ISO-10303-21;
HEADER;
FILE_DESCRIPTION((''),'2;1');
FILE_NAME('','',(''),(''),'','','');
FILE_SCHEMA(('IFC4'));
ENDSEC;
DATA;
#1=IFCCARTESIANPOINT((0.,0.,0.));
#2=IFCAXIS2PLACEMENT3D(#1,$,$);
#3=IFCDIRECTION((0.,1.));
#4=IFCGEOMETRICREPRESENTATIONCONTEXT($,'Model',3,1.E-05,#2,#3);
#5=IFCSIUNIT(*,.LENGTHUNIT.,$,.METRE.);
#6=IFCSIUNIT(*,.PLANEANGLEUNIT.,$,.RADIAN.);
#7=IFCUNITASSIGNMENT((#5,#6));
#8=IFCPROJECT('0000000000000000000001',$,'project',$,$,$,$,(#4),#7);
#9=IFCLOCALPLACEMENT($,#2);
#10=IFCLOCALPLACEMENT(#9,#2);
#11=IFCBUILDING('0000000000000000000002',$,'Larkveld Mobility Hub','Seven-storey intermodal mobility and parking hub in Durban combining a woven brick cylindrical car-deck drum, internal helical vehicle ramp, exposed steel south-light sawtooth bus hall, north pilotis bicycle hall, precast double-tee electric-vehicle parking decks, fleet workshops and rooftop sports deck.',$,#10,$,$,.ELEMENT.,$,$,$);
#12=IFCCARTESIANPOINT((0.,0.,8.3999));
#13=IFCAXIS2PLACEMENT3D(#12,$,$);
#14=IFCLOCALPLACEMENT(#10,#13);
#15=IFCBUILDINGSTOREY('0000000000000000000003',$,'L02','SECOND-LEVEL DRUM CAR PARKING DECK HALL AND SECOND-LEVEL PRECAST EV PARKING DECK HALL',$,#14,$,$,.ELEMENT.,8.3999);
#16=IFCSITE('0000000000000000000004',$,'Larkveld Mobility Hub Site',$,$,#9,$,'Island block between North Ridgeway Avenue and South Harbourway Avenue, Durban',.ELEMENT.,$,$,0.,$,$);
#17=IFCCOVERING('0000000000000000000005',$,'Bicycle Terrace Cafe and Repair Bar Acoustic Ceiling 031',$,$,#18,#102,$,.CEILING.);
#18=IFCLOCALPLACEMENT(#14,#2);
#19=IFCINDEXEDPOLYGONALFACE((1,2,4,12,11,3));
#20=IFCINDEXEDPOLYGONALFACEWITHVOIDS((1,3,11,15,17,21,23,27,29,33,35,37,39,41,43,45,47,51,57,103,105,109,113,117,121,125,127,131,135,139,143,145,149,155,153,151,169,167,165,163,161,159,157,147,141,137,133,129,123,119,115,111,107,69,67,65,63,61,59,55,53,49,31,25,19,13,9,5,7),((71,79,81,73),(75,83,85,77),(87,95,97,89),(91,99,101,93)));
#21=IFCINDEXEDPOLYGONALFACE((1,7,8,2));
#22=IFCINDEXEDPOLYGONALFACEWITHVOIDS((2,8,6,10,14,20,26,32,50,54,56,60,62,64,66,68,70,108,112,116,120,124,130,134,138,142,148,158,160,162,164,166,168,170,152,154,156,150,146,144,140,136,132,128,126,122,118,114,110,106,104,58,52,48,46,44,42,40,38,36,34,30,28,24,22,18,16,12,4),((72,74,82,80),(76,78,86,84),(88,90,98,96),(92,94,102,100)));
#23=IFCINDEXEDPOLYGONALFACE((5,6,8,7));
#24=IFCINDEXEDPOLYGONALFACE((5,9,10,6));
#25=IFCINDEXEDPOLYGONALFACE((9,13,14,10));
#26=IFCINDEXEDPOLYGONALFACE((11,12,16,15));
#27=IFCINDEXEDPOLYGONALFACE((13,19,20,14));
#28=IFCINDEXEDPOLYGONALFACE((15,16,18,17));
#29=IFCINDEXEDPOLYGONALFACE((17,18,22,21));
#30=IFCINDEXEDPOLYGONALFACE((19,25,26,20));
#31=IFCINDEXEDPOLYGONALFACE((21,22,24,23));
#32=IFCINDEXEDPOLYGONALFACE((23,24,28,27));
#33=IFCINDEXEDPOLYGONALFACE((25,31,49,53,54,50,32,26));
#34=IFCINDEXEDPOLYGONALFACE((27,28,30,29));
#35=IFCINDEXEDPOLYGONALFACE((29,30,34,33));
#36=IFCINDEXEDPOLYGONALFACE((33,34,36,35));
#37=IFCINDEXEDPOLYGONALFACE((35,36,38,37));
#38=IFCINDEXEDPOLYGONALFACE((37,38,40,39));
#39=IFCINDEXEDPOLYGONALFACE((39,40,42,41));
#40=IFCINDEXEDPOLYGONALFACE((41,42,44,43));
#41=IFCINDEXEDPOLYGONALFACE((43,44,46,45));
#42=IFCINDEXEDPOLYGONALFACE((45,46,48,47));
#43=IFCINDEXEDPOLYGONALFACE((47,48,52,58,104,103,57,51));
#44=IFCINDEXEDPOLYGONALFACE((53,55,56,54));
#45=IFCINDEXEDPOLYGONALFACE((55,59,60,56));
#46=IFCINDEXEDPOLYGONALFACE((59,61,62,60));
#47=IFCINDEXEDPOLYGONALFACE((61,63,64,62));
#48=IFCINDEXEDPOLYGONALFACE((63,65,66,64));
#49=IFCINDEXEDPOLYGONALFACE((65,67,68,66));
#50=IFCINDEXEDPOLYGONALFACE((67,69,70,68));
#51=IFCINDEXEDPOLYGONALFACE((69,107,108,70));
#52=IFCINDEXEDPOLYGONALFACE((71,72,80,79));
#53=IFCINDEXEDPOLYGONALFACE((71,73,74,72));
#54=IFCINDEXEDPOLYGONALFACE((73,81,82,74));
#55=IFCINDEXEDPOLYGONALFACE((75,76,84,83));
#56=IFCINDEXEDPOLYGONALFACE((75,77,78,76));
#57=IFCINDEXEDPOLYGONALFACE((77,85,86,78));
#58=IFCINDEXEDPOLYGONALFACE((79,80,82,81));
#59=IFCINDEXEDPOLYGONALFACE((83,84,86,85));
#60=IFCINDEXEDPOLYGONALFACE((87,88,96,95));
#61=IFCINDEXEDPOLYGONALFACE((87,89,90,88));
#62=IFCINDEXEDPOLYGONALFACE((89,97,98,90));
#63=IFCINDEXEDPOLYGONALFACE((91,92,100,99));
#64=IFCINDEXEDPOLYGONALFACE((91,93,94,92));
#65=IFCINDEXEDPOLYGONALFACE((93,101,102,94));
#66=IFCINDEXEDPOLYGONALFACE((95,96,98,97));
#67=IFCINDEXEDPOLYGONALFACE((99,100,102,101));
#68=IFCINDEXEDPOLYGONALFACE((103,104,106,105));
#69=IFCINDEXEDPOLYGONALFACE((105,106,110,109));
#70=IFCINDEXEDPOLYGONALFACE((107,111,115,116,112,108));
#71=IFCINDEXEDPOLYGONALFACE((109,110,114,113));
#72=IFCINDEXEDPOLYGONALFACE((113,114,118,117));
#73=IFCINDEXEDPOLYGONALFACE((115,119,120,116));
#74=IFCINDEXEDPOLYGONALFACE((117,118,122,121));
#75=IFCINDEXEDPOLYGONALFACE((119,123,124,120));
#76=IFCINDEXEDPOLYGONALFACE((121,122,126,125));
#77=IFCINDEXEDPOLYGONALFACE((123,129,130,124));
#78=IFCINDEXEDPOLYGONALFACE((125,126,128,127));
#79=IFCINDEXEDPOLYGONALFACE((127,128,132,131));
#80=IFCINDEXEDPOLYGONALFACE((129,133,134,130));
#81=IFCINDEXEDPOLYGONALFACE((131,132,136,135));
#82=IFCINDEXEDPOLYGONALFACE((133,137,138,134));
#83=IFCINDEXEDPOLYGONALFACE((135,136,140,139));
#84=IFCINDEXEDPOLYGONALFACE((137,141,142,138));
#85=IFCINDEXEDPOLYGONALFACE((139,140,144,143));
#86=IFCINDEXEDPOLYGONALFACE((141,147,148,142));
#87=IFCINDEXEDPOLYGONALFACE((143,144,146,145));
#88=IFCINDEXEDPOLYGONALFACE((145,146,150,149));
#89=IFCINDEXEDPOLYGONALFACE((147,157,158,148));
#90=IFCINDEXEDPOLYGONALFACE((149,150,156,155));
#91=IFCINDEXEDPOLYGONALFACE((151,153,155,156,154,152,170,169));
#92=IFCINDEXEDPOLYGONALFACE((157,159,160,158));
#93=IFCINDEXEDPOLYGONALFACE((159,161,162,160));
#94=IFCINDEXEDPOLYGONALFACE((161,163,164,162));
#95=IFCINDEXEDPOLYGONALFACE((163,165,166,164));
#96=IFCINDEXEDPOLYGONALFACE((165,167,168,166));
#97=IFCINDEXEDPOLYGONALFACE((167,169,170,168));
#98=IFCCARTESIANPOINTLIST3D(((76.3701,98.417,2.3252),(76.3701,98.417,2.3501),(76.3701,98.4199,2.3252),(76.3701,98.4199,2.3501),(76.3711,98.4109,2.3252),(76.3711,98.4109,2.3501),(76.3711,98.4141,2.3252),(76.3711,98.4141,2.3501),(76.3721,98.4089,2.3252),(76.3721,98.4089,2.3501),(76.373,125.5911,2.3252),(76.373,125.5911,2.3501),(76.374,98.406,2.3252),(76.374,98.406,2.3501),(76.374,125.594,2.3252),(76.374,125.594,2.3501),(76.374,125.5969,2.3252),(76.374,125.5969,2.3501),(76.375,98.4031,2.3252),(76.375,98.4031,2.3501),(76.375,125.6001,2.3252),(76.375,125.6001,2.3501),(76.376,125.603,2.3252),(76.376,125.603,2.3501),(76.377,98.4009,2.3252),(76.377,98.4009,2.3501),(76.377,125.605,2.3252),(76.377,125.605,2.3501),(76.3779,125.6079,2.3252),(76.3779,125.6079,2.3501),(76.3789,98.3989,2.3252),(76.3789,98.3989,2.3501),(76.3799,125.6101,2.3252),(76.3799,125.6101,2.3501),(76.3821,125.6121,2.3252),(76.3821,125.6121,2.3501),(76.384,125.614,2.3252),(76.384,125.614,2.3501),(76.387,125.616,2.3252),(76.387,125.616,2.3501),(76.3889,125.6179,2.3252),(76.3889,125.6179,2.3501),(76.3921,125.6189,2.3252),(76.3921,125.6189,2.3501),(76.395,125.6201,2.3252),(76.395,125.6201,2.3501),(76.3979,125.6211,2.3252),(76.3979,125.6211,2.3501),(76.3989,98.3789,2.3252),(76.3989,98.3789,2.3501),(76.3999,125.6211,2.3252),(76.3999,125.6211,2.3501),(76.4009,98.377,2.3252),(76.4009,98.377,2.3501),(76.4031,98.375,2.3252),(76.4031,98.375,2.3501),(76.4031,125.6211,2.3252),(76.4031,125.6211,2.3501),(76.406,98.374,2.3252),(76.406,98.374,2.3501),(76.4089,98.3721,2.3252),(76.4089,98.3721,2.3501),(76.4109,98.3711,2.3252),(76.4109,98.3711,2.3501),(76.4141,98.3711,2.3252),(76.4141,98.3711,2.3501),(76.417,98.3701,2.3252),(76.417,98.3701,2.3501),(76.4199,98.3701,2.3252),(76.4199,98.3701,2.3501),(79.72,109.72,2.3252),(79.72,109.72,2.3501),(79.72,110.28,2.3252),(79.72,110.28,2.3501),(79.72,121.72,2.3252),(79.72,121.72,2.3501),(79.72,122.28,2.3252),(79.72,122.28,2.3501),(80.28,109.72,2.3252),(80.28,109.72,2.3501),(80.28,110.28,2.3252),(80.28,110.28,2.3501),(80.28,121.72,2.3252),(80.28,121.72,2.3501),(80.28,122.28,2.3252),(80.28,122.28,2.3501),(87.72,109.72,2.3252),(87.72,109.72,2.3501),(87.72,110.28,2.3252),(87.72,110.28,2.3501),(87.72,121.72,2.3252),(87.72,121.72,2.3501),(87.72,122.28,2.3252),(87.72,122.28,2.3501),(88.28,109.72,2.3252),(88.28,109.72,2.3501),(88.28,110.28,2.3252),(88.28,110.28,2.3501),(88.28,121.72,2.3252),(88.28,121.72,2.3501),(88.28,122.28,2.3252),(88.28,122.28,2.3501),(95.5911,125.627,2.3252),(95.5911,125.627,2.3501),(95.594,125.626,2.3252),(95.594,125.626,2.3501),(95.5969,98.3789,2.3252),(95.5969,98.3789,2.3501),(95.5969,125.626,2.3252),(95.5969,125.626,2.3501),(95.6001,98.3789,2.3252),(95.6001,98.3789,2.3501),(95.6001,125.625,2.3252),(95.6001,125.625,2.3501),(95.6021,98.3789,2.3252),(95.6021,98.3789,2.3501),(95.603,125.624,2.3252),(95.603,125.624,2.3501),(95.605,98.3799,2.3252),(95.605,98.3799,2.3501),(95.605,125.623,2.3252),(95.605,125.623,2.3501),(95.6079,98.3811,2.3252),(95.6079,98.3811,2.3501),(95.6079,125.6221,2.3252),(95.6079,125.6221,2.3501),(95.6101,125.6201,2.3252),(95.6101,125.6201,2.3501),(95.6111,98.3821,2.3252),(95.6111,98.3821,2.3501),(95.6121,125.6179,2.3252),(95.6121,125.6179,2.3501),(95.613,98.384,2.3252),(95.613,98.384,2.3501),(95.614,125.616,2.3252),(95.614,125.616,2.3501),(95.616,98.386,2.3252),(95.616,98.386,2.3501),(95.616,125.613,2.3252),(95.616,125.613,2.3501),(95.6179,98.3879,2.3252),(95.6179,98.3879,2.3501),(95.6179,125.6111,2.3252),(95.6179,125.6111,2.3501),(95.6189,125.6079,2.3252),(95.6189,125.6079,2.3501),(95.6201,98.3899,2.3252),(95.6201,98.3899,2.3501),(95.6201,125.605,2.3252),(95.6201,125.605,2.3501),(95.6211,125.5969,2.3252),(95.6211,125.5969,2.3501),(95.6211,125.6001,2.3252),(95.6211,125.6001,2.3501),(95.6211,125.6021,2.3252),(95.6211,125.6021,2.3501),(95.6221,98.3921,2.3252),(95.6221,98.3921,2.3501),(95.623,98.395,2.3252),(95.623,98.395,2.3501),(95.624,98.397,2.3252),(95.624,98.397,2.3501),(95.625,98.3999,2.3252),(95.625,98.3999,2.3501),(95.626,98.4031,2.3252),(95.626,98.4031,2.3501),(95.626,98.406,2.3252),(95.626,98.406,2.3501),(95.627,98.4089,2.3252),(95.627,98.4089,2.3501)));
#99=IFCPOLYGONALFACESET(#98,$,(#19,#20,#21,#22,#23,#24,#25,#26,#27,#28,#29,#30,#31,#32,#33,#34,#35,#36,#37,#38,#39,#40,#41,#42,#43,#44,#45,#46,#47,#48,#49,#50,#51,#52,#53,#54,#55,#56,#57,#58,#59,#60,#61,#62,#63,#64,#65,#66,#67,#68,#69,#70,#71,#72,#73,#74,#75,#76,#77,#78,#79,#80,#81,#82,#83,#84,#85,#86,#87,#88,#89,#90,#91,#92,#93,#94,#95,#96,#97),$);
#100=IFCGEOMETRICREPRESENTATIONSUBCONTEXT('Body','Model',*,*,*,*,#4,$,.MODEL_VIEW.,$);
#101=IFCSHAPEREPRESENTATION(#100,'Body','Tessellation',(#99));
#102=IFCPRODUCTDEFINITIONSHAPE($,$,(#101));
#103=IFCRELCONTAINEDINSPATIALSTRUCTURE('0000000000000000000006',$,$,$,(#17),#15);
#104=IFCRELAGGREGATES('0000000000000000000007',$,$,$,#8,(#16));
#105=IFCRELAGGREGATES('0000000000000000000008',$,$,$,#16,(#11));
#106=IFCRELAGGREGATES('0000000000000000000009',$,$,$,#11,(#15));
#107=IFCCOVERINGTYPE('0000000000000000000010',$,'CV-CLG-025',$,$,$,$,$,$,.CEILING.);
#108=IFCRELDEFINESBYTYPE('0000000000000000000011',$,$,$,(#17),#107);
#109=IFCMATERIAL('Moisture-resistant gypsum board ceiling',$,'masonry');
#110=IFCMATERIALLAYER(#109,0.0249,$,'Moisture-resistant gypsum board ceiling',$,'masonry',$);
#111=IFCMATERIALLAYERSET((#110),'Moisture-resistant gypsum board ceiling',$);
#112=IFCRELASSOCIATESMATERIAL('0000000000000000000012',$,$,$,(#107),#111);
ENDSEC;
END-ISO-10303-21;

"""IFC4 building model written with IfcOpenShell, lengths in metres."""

from ifc_helpers import new_model, si_unit, direction, frame, origin, place, context, subcontext, project, spatial, polyline, outline, extrude, material, layer, layer_set, type_object, element, save


model = new_model("IFC4")

# Units and contexts
model_context = context("Model", 3, precision=1e-05, world=origin(), true_north=direction((0.0, 1.0)))
body_context = subcontext(model_context, "Body", "Model", "MODEL_VIEW")
ifc_project = project(units=[si_unit("LENGTHUNIT", "METRE"), si_unit("PLANEANGLEUNIT", "RADIAN")], contexts=[model_context])

# Site, building, storey
site_placement = place(None, origin())
site = spatial("IfcSite", under=ifc_project, at=site_placement, Name="Larkveld Mobility Hub Site", LongName="Island block between North Ridgeway Avenue and South Harbourway Avenue, Durban", CompositionType="ELEMENT", RefElevation=0.0)
building_placement = place(site_placement, origin())
building = spatial("IfcBuilding", under=site, at=building_placement, Name="Larkveld Mobility Hub", Description="Seven-storey intermodal mobility and parking hub in Durban combining a woven brick cylindrical car-deck drum, internal helical vehicle ramp, exposed steel south-light sawtooth bus hall, north pilotis bicycle hall, precast double-tee electric-vehicle parking decks, fleet workshops and rooftop sports deck.", CompositionType="ELEMENT")
storey_placement = place(building_placement, frame((0.0, 0.0, 8.3999)))
storey = spatial("IfcBuildingStorey", under=building, at=storey_placement, Name="L02", Description="SECOND-LEVEL DRUM CAR PARKING DECK HALL AND SECOND-LEVEL PRECAST EV PARKING DECK HALL", CompositionType="ELEMENT", Elevation=8.3999)

# Covering
ifc_material_1 = material(Name="Moisture-resistant gypsum board ceiling", Category="masonry")
ifc_layer_1 = layer(ifc_material_1, 0.0249, Name="Moisture-resistant gypsum board ceiling", Category="masonry")
ifc_layer_set_1 = layer_set([ifc_layer_1], Name="Moisture-resistant gypsum board ceiling")
covering_type_1 = type_object("IfcCoveringType", Name="CV-CLG-025", PredefinedType="CEILING", material=ifc_layer_set_1)
covering_1_placement = place(storey_placement, frame((0.0, 0.0, 2.3252)))
element("IfcCovering", 1, at=covering_1_placement, inside=storey, type_object=covering_type_1, Name="Bicycle Terrace Cafe and Repair Bar Acoustic Ceiling 031", PredefinedType="CEILING", context=body_context, shape_type="SweptSolid", body=[
    extrude(outline(polyline([(76.417, 98.3701), (76.4141, 98.3711), (76.4109, 98.3711), (76.4089, 98.3721), (76.406, 98.374), (76.4031, 98.375), (76.4009, 98.377), (76.3989, 98.3789), (76.3789, 98.3989), (76.377, 98.4009), (76.375, 98.4031), (76.374, 98.406), (76.3721, 98.4089), (76.3711, 98.4109), (76.3711, 98.4141), (76.3701, 98.417), (76.3701, 98.4199), (76.373, 125.5911), (76.374, 125.594), (76.374, 125.5969), (76.375, 125.6001), (76.376, 125.603), (76.377, 125.605), (76.3779, 125.6079), (76.3799, 125.6101), (76.3821, 125.6121), (76.384, 125.614), (76.387, 125.616), (76.3889, 125.6179), (76.3921, 125.6189), (76.395, 125.6201), (76.3979, 125.6211), (76.3999, 125.6211), (76.4031, 125.6211), (95.5911, 125.627), (95.594, 125.626), (95.5969, 125.626), (95.6001, 125.625), (95.603, 125.624), (95.605, 125.623), (95.6079, 125.6221), (95.6101, 125.6201), (95.6121, 125.6179), (95.614, 125.616), (95.616, 125.613), (95.6179, 125.6111), (95.6189, 125.6079), (95.6201, 125.605), (95.6211, 125.6021), (95.6211, 125.6001), (95.6211, 125.5969), (95.627, 98.4089), (95.626, 98.406), (95.626, 98.4031), (95.625, 98.3999), (95.624, 98.397), (95.623, 98.395), (95.6221, 98.3921), (95.6201, 98.3899), (95.6179, 98.3879), (95.616, 98.386), (95.613, 98.384), (95.6111, 98.3821), (95.6079, 98.3811), (95.605, 98.3799), (95.6021, 98.3789), (95.6001, 98.3789), (95.5969, 98.3789), (76.4199, 98.3701), (76.417, 98.3701)]), holes=[polyline([(79.72, 110.28), (79.72, 109.72), (80.28, 109.72), (80.28, 110.28), (79.72, 110.28)]), polyline([(87.72, 110.28), (87.72, 109.72), (88.28, 109.72), (88.28, 110.28), (87.72, 110.28)]), polyline([(79.72, 122.28), (79.72, 121.72), (80.28, 121.72), (80.28, 122.28), (79.72, 122.28)]), polyline([(87.72, 122.28), (87.72, 121.72), (88.28, 121.72), (88.28, 122.28), (87.72, 122.28)])]), origin(), (0.0, 0.0, 1.0), 0.0249),
])

save(model, "model.ifc")
